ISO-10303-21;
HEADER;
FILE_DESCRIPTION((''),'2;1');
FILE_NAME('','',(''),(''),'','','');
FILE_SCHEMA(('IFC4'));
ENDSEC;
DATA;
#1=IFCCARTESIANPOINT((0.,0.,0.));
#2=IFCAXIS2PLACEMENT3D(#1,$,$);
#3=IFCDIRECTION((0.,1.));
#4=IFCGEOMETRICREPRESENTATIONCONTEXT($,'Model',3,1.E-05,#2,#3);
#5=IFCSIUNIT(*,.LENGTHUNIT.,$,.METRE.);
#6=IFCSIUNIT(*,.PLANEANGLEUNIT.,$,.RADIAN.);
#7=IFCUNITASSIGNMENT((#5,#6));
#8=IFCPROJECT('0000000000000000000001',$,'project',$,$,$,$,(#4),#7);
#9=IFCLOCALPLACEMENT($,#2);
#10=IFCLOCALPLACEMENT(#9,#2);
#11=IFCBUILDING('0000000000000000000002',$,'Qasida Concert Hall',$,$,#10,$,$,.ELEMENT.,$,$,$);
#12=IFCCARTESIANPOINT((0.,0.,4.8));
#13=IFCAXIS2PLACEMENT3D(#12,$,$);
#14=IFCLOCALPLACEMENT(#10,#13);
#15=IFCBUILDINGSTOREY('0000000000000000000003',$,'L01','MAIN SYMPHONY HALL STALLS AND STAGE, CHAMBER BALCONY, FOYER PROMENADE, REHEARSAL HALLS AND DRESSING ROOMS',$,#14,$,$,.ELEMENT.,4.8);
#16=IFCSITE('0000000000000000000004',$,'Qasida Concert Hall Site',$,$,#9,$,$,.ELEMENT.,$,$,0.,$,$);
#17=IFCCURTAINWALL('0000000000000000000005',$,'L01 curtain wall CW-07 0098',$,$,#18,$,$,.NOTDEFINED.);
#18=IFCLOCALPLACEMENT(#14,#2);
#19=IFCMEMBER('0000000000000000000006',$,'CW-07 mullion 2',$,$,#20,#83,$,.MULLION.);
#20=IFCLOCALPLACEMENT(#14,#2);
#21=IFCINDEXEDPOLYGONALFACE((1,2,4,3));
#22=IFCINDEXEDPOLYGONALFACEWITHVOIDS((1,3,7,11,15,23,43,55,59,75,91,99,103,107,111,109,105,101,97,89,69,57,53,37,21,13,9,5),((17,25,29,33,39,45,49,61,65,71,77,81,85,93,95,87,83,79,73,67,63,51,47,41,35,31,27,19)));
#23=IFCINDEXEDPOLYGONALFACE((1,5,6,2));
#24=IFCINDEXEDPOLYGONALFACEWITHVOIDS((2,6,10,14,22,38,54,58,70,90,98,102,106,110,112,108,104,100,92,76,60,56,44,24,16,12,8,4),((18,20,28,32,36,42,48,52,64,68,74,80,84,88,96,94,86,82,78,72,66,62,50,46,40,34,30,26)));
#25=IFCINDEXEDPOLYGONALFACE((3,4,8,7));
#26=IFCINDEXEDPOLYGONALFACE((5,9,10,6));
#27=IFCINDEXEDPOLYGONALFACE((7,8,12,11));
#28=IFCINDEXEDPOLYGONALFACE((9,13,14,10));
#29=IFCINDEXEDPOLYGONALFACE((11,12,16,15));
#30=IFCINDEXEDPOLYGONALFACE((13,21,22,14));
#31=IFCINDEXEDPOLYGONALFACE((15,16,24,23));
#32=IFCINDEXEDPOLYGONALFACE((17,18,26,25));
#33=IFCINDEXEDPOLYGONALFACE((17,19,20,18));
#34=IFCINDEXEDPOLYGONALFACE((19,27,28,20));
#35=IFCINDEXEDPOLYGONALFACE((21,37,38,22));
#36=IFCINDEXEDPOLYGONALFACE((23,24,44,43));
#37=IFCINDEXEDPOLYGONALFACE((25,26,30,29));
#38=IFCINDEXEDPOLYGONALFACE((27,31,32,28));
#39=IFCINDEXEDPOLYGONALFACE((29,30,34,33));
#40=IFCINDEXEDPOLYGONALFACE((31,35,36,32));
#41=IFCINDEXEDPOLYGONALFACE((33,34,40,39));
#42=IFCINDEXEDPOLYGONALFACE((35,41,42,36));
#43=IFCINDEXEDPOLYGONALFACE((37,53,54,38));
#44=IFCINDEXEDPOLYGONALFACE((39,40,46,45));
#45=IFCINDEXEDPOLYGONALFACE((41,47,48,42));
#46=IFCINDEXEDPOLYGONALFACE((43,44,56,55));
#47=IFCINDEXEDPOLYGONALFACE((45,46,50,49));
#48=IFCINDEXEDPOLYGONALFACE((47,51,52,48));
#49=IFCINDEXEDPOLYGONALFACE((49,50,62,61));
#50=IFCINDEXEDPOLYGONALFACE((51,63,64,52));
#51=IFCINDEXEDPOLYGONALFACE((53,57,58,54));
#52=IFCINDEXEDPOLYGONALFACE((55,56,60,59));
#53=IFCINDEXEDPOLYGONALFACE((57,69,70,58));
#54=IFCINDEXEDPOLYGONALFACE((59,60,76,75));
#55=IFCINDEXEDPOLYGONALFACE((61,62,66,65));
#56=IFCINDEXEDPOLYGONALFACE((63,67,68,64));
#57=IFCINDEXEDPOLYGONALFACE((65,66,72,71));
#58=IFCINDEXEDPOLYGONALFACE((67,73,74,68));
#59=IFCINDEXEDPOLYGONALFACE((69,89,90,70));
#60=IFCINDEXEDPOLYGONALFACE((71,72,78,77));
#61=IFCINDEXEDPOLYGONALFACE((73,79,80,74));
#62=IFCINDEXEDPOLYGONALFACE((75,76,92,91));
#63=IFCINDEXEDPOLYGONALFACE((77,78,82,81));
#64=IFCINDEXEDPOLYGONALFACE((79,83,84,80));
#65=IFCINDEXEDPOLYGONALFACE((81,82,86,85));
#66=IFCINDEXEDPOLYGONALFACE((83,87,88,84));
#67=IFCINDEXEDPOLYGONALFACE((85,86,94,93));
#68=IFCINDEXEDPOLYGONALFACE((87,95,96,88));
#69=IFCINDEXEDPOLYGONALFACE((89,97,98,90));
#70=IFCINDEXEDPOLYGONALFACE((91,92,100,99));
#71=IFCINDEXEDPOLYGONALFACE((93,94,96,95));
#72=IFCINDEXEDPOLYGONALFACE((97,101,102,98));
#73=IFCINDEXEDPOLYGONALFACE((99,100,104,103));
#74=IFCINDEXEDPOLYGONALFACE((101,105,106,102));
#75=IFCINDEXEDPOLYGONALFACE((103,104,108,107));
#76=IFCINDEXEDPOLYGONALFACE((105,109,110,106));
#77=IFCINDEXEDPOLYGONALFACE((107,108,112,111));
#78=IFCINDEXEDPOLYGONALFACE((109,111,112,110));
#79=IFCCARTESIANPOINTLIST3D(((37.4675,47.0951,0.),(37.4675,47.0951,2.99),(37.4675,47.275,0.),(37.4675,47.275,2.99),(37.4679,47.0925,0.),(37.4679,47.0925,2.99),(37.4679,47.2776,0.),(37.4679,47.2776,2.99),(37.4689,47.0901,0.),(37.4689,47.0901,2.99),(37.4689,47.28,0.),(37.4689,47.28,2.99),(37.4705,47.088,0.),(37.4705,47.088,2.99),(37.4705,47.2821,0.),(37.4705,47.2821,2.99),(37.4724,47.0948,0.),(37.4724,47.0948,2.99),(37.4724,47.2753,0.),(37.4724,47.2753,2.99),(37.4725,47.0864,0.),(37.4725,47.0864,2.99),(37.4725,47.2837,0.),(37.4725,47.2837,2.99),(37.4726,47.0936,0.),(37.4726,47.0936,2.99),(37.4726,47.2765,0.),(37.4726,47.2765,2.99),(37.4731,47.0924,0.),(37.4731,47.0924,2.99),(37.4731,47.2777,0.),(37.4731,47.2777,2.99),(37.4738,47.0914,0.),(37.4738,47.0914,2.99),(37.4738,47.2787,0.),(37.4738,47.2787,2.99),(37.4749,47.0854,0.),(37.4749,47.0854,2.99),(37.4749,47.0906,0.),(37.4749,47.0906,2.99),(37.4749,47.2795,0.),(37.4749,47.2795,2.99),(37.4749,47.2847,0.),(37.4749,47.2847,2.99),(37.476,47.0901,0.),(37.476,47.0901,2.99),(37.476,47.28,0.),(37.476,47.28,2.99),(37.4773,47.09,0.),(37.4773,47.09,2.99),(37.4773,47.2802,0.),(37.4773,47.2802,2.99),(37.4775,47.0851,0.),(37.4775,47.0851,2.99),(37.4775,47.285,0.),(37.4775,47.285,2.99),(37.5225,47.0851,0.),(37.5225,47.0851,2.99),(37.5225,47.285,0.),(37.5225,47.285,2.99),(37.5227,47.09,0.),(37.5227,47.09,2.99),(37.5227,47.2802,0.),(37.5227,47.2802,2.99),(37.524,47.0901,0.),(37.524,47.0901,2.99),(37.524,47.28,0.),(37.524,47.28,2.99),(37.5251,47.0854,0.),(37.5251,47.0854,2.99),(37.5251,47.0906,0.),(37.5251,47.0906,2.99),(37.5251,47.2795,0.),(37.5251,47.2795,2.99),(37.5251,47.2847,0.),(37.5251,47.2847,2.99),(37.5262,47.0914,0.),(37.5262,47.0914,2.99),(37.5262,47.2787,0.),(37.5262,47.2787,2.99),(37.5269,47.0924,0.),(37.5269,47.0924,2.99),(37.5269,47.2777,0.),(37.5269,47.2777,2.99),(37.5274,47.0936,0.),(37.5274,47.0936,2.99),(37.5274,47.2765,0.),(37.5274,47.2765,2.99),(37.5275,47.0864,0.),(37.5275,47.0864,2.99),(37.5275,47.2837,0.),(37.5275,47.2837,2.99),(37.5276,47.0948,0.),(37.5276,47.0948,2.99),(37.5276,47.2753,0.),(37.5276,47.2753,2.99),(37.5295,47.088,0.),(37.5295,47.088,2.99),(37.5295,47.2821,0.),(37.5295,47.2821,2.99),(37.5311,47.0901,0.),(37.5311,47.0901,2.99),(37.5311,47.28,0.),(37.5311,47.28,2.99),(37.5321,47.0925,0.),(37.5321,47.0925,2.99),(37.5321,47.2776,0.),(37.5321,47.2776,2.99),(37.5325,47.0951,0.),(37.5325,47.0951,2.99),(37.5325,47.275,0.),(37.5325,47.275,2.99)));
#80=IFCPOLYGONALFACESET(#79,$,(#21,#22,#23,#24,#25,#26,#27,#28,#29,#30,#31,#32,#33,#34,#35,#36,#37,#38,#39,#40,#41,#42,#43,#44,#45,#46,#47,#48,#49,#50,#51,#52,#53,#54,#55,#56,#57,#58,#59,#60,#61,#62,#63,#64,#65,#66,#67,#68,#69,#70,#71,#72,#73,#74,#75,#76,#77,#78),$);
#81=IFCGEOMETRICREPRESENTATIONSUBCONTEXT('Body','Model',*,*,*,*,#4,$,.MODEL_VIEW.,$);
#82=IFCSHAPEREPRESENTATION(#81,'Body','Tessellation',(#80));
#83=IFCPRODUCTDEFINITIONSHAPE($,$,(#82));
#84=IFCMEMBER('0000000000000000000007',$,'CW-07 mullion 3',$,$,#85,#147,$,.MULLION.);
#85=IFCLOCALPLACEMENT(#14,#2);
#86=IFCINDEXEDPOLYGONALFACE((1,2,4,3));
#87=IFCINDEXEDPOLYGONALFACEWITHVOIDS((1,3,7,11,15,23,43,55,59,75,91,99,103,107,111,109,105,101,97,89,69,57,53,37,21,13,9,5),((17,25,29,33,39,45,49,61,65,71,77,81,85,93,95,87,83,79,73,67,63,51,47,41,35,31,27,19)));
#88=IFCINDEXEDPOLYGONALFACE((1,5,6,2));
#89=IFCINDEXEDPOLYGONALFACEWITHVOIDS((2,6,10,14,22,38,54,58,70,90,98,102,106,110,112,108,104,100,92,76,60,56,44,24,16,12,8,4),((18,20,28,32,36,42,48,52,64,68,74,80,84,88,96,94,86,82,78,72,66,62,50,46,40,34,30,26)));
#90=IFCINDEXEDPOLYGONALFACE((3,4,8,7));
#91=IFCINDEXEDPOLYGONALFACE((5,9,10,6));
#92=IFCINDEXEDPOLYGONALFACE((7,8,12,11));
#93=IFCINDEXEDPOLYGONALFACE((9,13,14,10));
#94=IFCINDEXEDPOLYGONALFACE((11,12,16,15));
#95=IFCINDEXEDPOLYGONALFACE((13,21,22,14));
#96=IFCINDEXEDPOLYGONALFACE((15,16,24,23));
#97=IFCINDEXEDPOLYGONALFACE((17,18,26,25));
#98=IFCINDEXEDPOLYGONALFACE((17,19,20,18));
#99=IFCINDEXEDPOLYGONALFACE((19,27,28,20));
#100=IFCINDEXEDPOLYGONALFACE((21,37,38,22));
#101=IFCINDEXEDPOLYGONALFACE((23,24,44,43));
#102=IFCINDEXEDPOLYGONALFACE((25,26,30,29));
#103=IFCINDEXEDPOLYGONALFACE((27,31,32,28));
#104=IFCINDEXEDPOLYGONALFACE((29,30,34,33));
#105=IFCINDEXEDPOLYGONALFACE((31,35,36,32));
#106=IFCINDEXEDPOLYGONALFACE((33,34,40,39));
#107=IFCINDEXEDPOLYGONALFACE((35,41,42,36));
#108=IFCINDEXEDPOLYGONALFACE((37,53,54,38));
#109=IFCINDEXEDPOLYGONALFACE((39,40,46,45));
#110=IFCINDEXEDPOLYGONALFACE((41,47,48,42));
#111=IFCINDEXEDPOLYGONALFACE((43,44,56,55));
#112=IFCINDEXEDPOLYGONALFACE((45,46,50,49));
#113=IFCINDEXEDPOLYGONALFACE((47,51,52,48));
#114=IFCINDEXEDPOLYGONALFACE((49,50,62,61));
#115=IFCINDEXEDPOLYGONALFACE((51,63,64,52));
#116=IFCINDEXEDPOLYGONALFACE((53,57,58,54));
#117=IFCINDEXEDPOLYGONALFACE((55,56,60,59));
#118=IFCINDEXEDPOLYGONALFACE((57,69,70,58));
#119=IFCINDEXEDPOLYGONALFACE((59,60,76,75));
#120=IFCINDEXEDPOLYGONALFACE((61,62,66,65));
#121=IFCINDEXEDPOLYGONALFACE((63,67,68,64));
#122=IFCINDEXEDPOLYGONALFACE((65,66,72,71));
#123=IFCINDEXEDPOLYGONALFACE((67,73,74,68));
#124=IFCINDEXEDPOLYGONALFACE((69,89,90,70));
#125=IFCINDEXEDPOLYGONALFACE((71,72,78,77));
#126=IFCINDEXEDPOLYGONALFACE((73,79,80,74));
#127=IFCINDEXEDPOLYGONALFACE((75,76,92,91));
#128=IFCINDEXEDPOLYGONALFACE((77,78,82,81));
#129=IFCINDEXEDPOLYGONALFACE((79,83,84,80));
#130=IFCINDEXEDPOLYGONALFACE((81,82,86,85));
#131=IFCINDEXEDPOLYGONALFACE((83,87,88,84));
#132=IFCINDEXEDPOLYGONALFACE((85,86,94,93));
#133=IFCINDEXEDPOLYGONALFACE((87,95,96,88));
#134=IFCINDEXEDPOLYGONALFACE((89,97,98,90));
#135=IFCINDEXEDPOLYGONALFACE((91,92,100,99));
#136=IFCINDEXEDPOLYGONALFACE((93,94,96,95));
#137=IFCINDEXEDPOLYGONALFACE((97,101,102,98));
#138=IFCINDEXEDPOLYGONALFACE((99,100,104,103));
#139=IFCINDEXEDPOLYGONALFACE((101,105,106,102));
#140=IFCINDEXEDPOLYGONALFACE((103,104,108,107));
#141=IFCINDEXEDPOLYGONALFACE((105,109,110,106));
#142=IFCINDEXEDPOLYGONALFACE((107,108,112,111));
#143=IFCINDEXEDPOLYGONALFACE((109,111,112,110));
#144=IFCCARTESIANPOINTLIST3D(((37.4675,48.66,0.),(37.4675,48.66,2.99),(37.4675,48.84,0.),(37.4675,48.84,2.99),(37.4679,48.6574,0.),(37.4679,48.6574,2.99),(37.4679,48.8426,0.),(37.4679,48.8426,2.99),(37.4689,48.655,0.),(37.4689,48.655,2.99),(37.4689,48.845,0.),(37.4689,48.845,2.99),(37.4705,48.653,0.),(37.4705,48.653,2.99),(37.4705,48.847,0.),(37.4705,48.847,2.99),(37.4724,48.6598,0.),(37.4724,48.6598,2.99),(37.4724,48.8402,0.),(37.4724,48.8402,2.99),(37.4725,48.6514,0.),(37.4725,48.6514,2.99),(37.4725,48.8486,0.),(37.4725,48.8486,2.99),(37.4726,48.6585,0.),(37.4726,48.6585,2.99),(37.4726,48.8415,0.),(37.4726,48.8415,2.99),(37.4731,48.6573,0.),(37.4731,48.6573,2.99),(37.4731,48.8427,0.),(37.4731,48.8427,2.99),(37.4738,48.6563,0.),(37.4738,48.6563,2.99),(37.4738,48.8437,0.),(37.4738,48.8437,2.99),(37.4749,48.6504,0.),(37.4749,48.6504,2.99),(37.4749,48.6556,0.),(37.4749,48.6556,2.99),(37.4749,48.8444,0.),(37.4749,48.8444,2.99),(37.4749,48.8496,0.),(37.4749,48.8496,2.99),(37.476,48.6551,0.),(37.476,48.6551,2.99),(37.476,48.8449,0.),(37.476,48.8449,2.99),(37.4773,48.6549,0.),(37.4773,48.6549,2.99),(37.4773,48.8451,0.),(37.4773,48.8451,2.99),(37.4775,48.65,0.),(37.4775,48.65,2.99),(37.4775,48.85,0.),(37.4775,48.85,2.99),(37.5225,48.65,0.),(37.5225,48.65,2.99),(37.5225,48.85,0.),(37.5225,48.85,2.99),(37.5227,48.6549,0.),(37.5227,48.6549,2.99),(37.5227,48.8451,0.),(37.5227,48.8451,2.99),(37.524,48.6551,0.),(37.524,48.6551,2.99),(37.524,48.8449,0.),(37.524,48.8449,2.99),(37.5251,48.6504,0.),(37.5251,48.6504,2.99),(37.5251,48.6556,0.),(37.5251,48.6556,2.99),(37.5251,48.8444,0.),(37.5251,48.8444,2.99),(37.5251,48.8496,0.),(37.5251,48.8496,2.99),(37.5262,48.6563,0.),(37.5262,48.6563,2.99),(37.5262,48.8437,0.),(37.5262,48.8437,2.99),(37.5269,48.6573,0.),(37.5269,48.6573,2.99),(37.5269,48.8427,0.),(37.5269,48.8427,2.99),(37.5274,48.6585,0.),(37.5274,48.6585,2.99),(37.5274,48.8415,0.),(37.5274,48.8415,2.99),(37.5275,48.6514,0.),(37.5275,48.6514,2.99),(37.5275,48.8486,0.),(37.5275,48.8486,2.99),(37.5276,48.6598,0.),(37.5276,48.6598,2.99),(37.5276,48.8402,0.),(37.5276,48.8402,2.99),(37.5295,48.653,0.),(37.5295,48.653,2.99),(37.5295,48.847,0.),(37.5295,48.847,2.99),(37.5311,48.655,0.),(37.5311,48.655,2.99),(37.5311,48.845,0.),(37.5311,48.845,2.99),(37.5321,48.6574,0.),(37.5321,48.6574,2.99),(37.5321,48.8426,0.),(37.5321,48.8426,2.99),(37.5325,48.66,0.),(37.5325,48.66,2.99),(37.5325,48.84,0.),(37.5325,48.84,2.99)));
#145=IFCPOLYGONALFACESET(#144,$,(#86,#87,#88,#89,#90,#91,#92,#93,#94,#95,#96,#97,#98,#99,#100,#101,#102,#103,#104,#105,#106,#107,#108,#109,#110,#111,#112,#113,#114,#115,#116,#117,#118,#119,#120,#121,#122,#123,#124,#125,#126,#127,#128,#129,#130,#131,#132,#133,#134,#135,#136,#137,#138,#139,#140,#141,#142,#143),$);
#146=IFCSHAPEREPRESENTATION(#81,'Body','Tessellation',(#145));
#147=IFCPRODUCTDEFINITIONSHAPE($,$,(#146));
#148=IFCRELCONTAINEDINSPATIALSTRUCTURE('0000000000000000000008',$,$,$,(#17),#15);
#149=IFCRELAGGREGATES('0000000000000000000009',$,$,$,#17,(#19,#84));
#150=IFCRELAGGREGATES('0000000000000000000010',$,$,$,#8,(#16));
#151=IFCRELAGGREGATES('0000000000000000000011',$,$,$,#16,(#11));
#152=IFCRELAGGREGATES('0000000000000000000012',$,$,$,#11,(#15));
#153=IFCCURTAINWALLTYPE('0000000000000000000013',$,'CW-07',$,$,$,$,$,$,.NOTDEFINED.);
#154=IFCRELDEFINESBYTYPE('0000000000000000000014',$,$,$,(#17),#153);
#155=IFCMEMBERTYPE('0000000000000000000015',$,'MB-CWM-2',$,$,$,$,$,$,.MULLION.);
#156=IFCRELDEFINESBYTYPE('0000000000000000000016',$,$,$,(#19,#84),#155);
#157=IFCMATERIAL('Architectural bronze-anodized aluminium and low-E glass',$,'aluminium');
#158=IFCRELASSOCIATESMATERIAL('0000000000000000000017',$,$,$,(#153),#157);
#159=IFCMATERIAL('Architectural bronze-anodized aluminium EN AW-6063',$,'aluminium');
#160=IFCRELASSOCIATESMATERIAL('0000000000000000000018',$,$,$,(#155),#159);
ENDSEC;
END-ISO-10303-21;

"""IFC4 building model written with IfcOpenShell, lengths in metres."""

from ifc_helpers import new_model, si_unit, direction, frame, origin, origin_2d, place, context, subcontext, project, spatial, hollow_rectangle, extrude, material, material_profile, profile_set, type_object, element, aggregate, save


model = new_model("IFC4")

# Units and contexts
model_context = context("Model", 3, precision=1e-05, world=origin(), true_north=direction((0.0, 1.0)))
body_context = subcontext(model_context, "Body", "Model", "MODEL_VIEW")
ifc_project = project(units=[si_unit("LENGTHUNIT", "METRE"), si_unit("PLANEANGLEUNIT", "RADIAN")], contexts=[model_context])

# Site, building, storey
site_placement = place(None, origin())
site = spatial("IfcSite", under=ifc_project, at=site_placement, Name="Qasida Concert Hall Site", CompositionType="ELEMENT", RefElevation=0.0)
building_placement = place(site_placement, origin())
building = spatial("IfcBuilding", under=site, at=building_placement, Name="Qasida Concert Hall", CompositionType="ELEMENT")
storey_placement = place(building_placement, frame((0.0, 0.0, 4.8)))
storey = spatial("IfcBuildingStorey", under=building, at=storey_placement, Name="L01", Description="MAIN SYMPHONY HALL STALLS AND STAGE, CHAMBER BALCONY, FOYER PROMENADE, REHEARSAL HALLS AND DRESSING ROOMS", CompositionType="ELEMENT", Elevation=4.8)

# Curtain wall, members
ifc_material_1 = material(Name="Architectural bronze-anodized aluminium and low-E glass", Category="aluminium")
curtain_wall_type = type_object("IfcCurtainWallType", Name="CW-07", PredefinedType="NOTDEFINED", material=ifc_material_1)
curtain_wall_placement = place(storey_placement, origin())
curtain_wall = element("IfcCurtainWall", 1, at=curtain_wall_placement, inside=storey, type_object=curtain_wall_type, Name="L01 curtain wall CW-07 0098", PredefinedType="NOTDEFINED")
ifc_material_2 = material(Name="Architectural bronze-anodized aluminium EN AW-6063", Category="aluminium")
ifc_material_profile_1 = material_profile(ifc_material_2, hollow_rectangle(XDim=0.0649, YDim=0.2, WallThickness=0.0049, InnerFilletRadius=0.0049, OuterFilletRadius=0.01, at=origin_2d()), Name="CWM 200x65x5")
ifc_profile_set_1 = profile_set([ifc_material_profile_1], Name="Architectural bronze-anodized aluminium EN AW-6063")
member_type_1 = type_object("IfcMemberType", Name="MB-CWM-2", PredefinedType="MULLION", material=ifc_profile_set_1)
member_1_placement = place(storey_placement, frame((37.5, 47.1851, 0.0), z_axis=(0.0, 0.0, 1.0), x_axis=(-1.0, 0.0, 0.0)))
member_1 = element("IfcMember", 2, at=member_1_placement, type_object=member_type_1, Name="CW-07 mullion 2", PredefinedType="MULLION", context=body_context, shape_type="SweptSolid", body=[
    extrude(hollow_rectangle(XDim=0.0649, YDim=0.2, WallThickness=0.0049, InnerFilletRadius=0.0049, OuterFilletRadius=0.01, at=origin_2d()), origin(), (0.0, 0.0, 1.0), 2.99),
])
member_2_placement = place(storey_placement, frame((37.5, 48.75, 0.0), z_axis=(0.0, 0.0, 1.0), x_axis=(-1.0, 0.0, 0.0)))
member_2 = element("IfcMember", 3, at=member_2_placement, type_object=member_type_1, Name="CW-07 mullion 3", PredefinedType="MULLION", context=body_context, shape_type="SweptSolid", body=[
    extrude(hollow_rectangle(XDim=0.0649, YDim=0.2, WallThickness=0.0049, InnerFilletRadius=0.0049, OuterFilletRadius=0.01, at=origin_2d()), origin(), (0.0, 0.0, 1.0), 2.99),
])
aggregate(curtain_wall, [member_1, member_2])

save(model, "model.ifc")
